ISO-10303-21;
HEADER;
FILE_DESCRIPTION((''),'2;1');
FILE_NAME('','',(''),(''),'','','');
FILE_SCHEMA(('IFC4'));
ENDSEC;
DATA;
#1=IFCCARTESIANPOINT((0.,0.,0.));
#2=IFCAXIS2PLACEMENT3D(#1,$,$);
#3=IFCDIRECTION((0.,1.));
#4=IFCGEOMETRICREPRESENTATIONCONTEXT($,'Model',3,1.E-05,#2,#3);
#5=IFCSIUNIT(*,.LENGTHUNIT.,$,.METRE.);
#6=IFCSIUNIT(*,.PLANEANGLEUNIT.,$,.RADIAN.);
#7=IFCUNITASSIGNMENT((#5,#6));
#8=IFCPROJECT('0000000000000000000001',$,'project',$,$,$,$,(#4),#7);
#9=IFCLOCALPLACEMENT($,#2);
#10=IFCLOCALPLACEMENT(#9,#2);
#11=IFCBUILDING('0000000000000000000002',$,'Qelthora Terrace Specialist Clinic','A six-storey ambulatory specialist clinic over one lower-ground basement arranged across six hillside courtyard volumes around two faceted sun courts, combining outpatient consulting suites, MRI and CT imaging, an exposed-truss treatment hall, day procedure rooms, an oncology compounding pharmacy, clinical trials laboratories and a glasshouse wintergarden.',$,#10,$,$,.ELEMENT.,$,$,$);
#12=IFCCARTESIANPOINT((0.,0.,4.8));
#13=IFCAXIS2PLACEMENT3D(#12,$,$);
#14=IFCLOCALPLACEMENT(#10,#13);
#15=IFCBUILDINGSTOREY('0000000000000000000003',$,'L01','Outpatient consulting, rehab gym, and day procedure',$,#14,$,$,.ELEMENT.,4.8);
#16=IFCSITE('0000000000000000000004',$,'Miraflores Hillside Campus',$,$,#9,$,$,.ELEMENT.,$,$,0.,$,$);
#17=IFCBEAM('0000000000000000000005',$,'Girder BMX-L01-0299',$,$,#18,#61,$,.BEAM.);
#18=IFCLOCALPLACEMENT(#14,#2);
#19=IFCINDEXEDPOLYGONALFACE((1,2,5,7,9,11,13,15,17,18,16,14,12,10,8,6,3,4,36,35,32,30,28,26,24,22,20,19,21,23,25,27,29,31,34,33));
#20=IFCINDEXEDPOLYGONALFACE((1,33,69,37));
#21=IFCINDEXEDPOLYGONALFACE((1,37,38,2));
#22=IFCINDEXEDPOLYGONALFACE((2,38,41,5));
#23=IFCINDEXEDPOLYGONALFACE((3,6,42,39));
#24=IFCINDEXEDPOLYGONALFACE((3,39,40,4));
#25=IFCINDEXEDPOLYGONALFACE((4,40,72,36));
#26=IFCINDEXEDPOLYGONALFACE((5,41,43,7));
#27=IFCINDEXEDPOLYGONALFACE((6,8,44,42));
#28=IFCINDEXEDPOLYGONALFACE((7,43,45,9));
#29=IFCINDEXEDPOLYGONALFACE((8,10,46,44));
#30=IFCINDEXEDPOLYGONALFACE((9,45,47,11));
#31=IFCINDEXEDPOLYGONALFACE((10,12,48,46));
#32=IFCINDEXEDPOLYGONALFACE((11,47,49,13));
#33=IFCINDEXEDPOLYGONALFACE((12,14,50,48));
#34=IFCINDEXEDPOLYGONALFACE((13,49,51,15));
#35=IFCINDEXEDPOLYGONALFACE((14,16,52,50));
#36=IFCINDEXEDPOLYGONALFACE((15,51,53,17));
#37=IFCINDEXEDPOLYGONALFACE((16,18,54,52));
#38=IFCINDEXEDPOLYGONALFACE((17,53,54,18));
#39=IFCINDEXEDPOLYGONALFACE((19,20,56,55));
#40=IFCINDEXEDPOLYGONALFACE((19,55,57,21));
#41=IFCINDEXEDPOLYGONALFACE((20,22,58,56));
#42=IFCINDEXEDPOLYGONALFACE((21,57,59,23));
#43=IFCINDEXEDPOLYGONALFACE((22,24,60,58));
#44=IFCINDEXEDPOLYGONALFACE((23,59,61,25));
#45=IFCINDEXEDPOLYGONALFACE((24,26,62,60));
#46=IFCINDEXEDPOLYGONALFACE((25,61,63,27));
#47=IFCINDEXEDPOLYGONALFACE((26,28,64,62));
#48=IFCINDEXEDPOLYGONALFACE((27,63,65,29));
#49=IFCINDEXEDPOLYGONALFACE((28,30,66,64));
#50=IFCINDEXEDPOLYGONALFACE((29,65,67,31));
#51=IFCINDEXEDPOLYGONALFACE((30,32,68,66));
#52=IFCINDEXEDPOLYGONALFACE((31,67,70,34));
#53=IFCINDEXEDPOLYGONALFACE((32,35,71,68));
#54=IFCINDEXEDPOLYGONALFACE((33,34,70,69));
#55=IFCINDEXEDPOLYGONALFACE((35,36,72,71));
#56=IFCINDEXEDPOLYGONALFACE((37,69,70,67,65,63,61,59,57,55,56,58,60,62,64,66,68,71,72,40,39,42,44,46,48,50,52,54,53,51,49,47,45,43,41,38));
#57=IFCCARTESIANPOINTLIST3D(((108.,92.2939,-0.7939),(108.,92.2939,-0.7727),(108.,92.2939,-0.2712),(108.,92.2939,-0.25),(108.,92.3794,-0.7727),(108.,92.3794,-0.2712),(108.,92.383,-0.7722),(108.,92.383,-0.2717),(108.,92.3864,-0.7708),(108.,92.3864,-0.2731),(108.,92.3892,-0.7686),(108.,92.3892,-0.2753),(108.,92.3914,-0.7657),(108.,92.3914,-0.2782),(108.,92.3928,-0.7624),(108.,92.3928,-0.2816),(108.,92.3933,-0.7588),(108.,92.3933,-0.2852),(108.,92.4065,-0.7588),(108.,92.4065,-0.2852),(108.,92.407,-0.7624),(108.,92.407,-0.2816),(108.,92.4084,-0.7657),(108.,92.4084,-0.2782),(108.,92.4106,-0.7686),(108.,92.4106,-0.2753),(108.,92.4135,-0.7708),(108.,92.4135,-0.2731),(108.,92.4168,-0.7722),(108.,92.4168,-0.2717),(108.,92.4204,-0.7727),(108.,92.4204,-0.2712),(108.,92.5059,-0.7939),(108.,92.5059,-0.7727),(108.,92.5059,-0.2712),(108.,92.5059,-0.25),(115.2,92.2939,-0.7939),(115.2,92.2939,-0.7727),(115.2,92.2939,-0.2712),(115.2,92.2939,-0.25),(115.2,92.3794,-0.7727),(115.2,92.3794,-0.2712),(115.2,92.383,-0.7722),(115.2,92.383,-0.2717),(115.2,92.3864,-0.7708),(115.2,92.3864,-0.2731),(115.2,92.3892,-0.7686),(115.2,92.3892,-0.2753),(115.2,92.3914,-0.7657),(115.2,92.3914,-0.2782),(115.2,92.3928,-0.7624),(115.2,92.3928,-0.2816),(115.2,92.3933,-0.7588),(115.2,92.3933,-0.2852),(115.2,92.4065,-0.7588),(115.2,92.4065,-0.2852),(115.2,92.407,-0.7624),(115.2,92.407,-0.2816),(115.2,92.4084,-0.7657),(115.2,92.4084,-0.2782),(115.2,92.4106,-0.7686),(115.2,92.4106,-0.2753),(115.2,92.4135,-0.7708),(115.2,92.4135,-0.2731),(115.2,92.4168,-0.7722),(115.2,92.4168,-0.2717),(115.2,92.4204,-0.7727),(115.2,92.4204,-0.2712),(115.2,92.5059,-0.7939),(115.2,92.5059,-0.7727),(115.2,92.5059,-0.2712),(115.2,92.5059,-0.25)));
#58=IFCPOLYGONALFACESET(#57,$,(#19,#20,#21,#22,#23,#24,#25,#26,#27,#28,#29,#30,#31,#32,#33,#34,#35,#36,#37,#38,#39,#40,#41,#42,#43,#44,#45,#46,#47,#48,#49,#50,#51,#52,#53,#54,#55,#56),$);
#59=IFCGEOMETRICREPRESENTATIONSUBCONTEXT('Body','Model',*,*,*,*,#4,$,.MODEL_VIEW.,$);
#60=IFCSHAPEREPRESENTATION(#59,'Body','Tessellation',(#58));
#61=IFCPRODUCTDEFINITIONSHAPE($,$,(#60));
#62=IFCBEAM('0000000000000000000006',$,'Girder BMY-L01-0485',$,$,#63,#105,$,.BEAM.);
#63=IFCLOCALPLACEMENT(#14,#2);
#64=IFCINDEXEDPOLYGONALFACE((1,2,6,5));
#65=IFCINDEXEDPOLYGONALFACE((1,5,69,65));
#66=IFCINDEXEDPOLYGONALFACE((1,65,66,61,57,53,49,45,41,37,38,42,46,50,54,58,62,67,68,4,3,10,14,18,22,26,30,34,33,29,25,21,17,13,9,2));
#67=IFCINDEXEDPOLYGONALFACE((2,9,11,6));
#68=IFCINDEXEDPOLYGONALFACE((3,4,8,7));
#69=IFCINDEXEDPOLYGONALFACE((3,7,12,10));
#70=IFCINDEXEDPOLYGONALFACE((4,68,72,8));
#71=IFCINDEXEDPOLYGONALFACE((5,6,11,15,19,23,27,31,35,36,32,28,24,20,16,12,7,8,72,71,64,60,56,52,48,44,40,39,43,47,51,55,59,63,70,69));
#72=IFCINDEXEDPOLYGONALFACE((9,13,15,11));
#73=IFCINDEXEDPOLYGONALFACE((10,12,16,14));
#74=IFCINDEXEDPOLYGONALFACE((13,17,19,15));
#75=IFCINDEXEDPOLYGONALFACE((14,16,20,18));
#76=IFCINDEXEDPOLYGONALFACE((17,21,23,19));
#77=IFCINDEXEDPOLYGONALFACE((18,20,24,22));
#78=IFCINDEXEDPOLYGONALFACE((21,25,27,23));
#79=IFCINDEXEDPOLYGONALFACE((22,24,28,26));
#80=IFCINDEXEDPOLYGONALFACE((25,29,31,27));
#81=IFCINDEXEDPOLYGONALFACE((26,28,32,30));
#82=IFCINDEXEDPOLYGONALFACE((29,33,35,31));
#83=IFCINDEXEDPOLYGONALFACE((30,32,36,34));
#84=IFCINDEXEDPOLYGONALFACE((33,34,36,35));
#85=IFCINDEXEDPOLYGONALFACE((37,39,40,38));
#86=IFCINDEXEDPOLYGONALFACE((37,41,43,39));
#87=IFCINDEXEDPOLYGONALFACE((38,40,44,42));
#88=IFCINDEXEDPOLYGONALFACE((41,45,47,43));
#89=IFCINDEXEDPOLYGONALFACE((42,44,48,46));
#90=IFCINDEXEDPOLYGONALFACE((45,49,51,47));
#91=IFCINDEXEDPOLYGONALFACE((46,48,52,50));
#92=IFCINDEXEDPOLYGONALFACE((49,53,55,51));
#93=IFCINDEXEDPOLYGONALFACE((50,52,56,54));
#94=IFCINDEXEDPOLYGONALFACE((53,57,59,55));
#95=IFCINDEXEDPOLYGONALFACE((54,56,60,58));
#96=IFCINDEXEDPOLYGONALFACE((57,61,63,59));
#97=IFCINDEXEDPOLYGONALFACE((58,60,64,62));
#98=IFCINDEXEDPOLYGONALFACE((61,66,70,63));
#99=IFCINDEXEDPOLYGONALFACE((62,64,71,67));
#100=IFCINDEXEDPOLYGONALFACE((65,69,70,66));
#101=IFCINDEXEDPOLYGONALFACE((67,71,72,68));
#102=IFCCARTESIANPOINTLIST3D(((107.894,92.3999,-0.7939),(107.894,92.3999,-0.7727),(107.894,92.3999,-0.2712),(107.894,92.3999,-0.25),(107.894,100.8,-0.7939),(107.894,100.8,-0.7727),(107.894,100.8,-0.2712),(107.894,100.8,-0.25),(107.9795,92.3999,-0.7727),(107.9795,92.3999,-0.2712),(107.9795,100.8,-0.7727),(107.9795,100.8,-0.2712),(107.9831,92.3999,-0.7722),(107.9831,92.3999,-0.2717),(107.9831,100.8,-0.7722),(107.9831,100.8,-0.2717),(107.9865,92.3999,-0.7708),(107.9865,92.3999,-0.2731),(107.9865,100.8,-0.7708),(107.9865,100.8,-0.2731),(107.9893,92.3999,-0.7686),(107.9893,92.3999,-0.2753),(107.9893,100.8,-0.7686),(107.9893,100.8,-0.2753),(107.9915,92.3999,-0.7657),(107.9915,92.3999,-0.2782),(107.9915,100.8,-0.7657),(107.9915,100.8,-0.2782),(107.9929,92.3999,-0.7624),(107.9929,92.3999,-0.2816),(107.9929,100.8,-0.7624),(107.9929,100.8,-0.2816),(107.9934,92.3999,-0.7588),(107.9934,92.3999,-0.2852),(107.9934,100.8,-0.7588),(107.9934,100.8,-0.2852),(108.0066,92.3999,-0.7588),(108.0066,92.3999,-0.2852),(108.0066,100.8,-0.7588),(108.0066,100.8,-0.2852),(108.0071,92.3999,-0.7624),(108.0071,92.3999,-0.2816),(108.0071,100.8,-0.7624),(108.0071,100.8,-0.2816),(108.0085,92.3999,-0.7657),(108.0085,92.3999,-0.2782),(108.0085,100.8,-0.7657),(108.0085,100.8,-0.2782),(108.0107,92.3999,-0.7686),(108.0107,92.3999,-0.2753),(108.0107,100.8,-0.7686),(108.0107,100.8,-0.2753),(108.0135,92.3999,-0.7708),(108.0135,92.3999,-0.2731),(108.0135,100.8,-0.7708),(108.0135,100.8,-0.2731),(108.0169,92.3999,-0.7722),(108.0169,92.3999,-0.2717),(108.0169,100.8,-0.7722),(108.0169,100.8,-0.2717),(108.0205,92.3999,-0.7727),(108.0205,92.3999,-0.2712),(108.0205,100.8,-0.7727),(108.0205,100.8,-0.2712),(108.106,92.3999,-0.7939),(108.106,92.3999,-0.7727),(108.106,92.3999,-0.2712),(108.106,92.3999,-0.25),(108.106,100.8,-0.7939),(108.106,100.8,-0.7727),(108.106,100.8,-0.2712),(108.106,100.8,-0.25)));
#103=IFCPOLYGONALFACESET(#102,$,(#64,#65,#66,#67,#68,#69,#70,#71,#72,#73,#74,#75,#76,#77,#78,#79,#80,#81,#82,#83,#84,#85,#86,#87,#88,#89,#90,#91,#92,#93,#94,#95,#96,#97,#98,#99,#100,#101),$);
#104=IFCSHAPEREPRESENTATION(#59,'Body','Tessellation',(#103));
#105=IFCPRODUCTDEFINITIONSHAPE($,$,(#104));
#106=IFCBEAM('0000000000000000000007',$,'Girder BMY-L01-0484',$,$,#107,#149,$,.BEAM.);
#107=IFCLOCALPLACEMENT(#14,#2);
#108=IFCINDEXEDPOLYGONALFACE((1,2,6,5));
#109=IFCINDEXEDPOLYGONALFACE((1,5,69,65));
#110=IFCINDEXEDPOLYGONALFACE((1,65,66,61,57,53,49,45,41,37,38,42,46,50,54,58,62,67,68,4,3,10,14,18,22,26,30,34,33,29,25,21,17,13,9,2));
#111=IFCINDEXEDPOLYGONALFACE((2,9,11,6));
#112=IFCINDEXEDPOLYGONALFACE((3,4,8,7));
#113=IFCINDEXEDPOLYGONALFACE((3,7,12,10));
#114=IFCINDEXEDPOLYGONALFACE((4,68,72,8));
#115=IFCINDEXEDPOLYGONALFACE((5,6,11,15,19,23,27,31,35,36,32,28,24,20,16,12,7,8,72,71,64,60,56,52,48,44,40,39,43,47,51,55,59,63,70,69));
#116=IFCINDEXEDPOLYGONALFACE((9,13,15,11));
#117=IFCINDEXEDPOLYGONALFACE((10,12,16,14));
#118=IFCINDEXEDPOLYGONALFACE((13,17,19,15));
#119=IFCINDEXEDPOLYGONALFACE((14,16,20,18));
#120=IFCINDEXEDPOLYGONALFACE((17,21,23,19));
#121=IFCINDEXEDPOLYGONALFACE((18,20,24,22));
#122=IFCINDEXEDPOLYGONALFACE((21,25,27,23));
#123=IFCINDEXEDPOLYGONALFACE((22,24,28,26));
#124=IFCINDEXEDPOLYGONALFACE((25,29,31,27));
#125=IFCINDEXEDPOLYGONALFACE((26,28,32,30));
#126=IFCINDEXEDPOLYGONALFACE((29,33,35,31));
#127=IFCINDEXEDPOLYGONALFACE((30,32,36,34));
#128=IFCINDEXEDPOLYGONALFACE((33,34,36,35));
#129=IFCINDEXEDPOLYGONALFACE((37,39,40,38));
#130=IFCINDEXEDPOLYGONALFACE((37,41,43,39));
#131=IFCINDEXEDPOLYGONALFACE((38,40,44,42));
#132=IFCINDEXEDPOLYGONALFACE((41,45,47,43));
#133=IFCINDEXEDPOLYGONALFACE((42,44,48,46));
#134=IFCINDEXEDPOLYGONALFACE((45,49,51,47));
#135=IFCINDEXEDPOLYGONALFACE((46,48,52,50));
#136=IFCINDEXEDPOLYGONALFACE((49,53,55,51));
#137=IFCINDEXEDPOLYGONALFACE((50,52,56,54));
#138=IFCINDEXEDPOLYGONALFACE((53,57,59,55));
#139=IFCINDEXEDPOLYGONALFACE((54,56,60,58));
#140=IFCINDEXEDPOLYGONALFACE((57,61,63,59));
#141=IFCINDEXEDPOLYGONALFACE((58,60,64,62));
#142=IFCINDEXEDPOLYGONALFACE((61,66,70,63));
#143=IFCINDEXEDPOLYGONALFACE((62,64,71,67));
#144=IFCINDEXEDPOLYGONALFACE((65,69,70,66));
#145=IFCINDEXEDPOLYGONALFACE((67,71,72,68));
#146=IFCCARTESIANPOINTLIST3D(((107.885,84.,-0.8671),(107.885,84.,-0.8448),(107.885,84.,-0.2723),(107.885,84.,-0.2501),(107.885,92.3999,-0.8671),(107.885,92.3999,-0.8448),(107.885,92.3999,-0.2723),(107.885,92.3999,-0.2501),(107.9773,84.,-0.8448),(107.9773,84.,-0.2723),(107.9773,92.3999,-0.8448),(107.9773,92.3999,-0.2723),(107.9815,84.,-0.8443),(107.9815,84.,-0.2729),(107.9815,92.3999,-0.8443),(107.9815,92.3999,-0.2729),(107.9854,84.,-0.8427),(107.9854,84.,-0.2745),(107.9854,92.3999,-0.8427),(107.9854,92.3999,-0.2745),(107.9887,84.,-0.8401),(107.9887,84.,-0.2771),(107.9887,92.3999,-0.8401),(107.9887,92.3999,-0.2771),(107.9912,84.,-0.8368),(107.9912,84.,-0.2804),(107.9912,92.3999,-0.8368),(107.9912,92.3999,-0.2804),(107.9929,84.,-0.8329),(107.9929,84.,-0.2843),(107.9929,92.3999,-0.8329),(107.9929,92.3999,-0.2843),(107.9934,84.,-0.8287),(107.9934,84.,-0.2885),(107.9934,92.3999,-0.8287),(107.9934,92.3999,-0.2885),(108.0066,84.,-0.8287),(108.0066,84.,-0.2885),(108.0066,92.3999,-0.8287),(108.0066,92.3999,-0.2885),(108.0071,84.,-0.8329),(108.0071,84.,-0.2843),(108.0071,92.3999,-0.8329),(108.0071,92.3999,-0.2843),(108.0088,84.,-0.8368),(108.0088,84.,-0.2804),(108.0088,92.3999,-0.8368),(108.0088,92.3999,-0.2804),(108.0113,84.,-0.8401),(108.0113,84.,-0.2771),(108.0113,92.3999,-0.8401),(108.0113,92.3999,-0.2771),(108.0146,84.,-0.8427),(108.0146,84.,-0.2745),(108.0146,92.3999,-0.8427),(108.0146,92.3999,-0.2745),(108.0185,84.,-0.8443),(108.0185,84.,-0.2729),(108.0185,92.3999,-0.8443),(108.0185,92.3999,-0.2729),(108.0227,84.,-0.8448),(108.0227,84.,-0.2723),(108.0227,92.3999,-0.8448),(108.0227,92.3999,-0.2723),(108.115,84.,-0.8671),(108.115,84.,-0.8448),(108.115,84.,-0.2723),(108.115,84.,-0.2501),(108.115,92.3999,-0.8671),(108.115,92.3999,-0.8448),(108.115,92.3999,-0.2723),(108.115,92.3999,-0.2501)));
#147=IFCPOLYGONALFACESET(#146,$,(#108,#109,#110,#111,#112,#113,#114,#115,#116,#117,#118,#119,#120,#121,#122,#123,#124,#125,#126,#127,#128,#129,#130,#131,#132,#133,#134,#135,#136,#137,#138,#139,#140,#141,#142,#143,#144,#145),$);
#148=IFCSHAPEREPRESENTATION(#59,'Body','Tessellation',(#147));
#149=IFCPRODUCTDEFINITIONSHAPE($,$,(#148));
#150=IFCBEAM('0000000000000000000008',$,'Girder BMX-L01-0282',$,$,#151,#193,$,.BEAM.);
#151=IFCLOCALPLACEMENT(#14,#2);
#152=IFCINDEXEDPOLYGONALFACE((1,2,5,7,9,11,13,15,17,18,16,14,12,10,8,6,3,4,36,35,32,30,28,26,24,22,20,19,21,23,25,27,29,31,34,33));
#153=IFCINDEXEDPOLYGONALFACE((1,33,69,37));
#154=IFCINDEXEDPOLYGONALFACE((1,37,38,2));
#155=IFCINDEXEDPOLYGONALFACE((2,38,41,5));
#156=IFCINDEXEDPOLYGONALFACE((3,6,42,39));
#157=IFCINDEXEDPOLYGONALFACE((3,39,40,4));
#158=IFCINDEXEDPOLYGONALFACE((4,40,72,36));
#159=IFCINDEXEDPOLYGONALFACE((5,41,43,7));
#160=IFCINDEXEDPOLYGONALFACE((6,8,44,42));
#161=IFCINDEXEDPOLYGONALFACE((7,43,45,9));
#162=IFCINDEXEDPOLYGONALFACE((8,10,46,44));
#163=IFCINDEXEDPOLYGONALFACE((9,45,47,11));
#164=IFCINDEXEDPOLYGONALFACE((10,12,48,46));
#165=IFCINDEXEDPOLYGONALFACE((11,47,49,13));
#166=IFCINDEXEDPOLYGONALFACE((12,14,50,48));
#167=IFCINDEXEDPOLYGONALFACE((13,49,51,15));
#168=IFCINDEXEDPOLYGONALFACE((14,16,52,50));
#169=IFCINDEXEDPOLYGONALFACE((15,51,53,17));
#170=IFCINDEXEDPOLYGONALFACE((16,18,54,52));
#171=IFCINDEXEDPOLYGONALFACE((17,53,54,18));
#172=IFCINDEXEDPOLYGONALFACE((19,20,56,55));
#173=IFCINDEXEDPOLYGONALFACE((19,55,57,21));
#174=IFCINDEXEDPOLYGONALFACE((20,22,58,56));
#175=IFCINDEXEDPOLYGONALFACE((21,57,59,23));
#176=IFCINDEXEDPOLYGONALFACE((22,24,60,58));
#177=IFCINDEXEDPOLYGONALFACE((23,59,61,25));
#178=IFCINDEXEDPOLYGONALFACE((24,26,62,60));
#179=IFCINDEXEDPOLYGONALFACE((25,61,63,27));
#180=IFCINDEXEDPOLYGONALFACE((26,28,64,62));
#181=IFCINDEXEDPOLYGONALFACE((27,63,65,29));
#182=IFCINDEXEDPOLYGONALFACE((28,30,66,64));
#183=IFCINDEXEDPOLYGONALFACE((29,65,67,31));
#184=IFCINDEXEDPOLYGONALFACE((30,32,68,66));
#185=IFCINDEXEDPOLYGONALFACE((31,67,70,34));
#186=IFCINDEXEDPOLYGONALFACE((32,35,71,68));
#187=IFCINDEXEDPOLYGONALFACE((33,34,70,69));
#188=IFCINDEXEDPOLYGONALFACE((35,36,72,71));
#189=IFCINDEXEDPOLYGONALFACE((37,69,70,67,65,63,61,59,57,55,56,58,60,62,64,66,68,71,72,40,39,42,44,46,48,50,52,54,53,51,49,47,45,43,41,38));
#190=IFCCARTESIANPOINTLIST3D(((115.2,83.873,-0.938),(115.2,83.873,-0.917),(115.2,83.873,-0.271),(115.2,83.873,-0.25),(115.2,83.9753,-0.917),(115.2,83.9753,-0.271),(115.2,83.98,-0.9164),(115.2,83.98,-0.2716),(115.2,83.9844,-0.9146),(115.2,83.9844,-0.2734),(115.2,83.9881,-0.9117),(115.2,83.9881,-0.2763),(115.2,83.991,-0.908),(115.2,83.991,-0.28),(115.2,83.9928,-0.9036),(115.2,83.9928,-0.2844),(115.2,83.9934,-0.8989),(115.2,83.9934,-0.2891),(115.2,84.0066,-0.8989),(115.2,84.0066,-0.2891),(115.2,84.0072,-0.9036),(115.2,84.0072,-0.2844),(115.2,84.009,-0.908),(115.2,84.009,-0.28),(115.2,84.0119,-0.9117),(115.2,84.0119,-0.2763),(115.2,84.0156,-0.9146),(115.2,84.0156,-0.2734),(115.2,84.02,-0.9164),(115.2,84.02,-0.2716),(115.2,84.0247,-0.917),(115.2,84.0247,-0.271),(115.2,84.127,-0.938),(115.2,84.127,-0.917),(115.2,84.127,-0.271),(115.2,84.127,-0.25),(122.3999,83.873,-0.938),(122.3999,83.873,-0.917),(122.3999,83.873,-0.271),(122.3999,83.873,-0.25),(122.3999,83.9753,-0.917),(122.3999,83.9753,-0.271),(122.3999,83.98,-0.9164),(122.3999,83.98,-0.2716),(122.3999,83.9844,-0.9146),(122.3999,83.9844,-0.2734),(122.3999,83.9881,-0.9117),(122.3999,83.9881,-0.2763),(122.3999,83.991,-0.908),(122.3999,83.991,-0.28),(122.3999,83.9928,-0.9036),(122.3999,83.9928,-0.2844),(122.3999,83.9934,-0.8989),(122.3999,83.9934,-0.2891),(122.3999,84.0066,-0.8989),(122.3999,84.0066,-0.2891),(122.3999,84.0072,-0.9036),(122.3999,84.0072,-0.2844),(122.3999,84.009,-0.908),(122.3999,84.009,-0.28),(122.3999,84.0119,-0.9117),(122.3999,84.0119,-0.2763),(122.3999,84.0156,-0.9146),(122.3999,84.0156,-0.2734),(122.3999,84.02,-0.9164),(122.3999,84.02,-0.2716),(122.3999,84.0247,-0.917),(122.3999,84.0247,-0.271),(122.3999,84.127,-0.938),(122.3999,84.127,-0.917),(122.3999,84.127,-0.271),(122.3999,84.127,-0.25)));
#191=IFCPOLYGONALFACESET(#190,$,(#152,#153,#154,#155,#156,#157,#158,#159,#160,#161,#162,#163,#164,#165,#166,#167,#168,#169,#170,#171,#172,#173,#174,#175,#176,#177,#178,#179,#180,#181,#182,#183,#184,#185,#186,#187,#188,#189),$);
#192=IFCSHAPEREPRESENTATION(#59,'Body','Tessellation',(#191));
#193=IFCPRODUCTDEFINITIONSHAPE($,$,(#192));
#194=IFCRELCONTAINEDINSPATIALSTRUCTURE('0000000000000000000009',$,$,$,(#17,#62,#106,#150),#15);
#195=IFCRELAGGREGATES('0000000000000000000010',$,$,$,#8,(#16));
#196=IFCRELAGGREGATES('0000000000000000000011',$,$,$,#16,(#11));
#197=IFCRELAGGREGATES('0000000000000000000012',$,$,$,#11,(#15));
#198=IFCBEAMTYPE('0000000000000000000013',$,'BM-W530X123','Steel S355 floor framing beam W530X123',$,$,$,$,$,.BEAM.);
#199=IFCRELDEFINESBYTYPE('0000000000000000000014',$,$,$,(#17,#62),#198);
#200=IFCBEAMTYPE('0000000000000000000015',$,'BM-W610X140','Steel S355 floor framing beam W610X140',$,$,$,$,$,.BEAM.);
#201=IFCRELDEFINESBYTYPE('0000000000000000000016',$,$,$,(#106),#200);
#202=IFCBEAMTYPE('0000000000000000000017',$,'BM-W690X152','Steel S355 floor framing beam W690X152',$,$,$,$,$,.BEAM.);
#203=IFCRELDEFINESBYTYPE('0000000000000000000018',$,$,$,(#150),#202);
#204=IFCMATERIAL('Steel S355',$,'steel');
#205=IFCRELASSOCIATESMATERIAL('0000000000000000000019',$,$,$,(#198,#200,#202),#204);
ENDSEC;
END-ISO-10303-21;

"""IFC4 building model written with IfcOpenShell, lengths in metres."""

from ifc_helpers import new_model, si_unit, direction, frame, origin, origin_2d, place, context, subcontext, project, spatial, i_section, extrude, material, material_profile, profile_set, type_object, element, save


model = new_model("IFC4")

# Units and contexts
model_context = context("Model", 3, precision=1e-05, world=origin(), true_north=direction((0.0, 1.0)))
body_context = subcontext(model_context, "Body", "Model", "MODEL_VIEW")
ifc_project = project(units=[si_unit("LENGTHUNIT", "METRE"), si_unit("PLANEANGLEUNIT", "RADIAN")], contexts=[model_context])

# Site, building, storey
site_placement = place(None, origin())
site = spatial("IfcSite", under=ifc_project, at=site_placement, Name="Miraflores Hillside Campus", CompositionType="ELEMENT", RefElevation=0.0)
building_placement = place(site_placement, origin())
building = spatial("IfcBuilding", under=site, at=building_placement, Name="Qelthora Terrace Specialist Clinic", Description="A six-storey ambulatory specialist clinic over one lower-ground basement arranged across six hillside courtyard volumes around two faceted sun courts, combining outpatient consulting suites, MRI and CT imaging, an exposed-truss treatment hall, day procedure rooms, an oncology compounding pharmacy, clinical trials laboratories and a glasshouse wintergarden.", CompositionType="ELEMENT")
storey_placement = place(building_placement, frame((0.0, 0.0, 4.8)))
storey = spatial("IfcBuildingStorey", under=building, at=storey_placement, Name="L01", Description="Outpatient consulting, rehab gym, and day procedure", CompositionType="ELEMENT", Elevation=4.8)

# Shared definitions
ifc_material_1 = material(Name="Steel S355", Category="steel")

# Beams
ifc_material_profile_1 = material_profile(ifc_material_1, i_section(OverallWidth=0.2119, OverallDepth=0.5439, WebThickness=0.0132, FlangeThickness=0.0212, FilletRadius=0.0139, at=origin_2d()), Name="W530X123")
ifc_profile_set_1 = profile_set([ifc_material_profile_1], Name="Steel S355")
beam_type_1 = type_object("IfcBeamType", Name="BM-W530X123", Description="Steel S355 floor framing beam W530X123", PredefinedType="BEAM", material=ifc_profile_set_1)
beam_1_placement = place(storey_placement, frame((108.0, 92.3999, -0.522), z_axis=(1.0, 0.0, 0.0), x_axis=(0.0, 1.0, 0.0)))
element("IfcBeam", 1, at=beam_1_placement, inside=storey, type_object=beam_type_1, Name="Girder BMX-L01-0299", PredefinedType="BEAM", context=body_context, shape_type="SweptSolid", body=[
    extrude(i_section(OverallWidth=0.2119, OverallDepth=0.5439, WebThickness=0.0132, FlangeThickness=0.0212, FilletRadius=0.0139, at=origin_2d()), origin(), (0.0, 0.0, 1.0), 7.2),
])
beam_2_placement = place(storey_placement, frame((108.0, 92.3999, -0.522), z_axis=(0.0, 1.0, 0.0), x_axis=(-1.0, 0.0, 0.0)))
element("IfcBeam", 2, at=beam_2_placement, inside=storey, type_object=beam_type_1, Name="Girder BMY-L01-0485", PredefinedType="BEAM", context=body_context, shape_type="SweptSolid", body=[
    extrude(i_section(OverallWidth=0.2119, OverallDepth=0.5439, WebThickness=0.0132, FlangeThickness=0.0212, FilletRadius=0.0139, at=origin_2d()), origin(), (0.0, 0.0, 1.0), 8.4001),
])
ifc_material_profile_2 = material_profile(ifc_material_1, i_section(OverallWidth=0.23, OverallDepth=0.6169, WebThickness=0.0132, FlangeThickness=0.0222, FilletRadius=0.0161, at=origin_2d()), Name="W610X140")
ifc_profile_set_2 = profile_set([ifc_material_profile_2], Name="Steel S355")
beam_type_2 = type_object("IfcBeamType", Name="BM-W610X140", Description="Steel S355 floor framing beam W610X140", PredefinedType="BEAM", material=ifc_profile_set_2)
beam_3_placement = place(storey_placement, frame((108.0, 84.0, -0.5586), z_axis=(0.0, 1.0, 0.0), x_axis=(-1.0, 0.0, 0.0)))
element("IfcBeam", 3, at=beam_3_placement, inside=storey, type_object=beam_type_2, Name="Girder BMY-L01-0484", PredefinedType="BEAM", context=body_context, shape_type="SweptSolid", body=[
    extrude(i_section(OverallWidth=0.23, OverallDepth=0.6169, WebThickness=0.0132, FlangeThickness=0.0222, FilletRadius=0.0161, at=origin_2d()), origin(), (0.0, 0.0, 1.0), 8.3999),
])
ifc_material_profile_3 = material_profile(ifc_material_1, i_section(OverallWidth=0.2539, OverallDepth=0.688, WebThickness=0.0132, FlangeThickness=0.021, FilletRadius=0.0181, at=origin_2d()), Name="W690X152")
ifc_profile_set_3 = profile_set([ifc_material_profile_3], Name="Steel S355")
beam_type_3 = type_object("IfcBeamType", Name="BM-W690X152", Description="Steel S355 floor framing beam W690X152", PredefinedType="BEAM", material=ifc_profile_set_3)
beam_4_placement = place(storey_placement, frame((115.2, 84.0, -0.594), z_axis=(1.0, 0.0, 0.0), x_axis=(0.0, 1.0, 0.0)))
element("IfcBeam", 4, at=beam_4_placement, inside=storey, type_object=beam_type_3, Name="Girder BMX-L01-0282", PredefinedType="BEAM", context=body_context, shape_type="SweptSolid", body=[
    extrude(i_section(OverallWidth=0.2539, OverallDepth=0.688, WebThickness=0.0132, FlangeThickness=0.021, FilletRadius=0.0181, at=origin_2d()), origin(), (0.0, 0.0, 1.0), 7.2),
])

save(model, "model.ifc")
